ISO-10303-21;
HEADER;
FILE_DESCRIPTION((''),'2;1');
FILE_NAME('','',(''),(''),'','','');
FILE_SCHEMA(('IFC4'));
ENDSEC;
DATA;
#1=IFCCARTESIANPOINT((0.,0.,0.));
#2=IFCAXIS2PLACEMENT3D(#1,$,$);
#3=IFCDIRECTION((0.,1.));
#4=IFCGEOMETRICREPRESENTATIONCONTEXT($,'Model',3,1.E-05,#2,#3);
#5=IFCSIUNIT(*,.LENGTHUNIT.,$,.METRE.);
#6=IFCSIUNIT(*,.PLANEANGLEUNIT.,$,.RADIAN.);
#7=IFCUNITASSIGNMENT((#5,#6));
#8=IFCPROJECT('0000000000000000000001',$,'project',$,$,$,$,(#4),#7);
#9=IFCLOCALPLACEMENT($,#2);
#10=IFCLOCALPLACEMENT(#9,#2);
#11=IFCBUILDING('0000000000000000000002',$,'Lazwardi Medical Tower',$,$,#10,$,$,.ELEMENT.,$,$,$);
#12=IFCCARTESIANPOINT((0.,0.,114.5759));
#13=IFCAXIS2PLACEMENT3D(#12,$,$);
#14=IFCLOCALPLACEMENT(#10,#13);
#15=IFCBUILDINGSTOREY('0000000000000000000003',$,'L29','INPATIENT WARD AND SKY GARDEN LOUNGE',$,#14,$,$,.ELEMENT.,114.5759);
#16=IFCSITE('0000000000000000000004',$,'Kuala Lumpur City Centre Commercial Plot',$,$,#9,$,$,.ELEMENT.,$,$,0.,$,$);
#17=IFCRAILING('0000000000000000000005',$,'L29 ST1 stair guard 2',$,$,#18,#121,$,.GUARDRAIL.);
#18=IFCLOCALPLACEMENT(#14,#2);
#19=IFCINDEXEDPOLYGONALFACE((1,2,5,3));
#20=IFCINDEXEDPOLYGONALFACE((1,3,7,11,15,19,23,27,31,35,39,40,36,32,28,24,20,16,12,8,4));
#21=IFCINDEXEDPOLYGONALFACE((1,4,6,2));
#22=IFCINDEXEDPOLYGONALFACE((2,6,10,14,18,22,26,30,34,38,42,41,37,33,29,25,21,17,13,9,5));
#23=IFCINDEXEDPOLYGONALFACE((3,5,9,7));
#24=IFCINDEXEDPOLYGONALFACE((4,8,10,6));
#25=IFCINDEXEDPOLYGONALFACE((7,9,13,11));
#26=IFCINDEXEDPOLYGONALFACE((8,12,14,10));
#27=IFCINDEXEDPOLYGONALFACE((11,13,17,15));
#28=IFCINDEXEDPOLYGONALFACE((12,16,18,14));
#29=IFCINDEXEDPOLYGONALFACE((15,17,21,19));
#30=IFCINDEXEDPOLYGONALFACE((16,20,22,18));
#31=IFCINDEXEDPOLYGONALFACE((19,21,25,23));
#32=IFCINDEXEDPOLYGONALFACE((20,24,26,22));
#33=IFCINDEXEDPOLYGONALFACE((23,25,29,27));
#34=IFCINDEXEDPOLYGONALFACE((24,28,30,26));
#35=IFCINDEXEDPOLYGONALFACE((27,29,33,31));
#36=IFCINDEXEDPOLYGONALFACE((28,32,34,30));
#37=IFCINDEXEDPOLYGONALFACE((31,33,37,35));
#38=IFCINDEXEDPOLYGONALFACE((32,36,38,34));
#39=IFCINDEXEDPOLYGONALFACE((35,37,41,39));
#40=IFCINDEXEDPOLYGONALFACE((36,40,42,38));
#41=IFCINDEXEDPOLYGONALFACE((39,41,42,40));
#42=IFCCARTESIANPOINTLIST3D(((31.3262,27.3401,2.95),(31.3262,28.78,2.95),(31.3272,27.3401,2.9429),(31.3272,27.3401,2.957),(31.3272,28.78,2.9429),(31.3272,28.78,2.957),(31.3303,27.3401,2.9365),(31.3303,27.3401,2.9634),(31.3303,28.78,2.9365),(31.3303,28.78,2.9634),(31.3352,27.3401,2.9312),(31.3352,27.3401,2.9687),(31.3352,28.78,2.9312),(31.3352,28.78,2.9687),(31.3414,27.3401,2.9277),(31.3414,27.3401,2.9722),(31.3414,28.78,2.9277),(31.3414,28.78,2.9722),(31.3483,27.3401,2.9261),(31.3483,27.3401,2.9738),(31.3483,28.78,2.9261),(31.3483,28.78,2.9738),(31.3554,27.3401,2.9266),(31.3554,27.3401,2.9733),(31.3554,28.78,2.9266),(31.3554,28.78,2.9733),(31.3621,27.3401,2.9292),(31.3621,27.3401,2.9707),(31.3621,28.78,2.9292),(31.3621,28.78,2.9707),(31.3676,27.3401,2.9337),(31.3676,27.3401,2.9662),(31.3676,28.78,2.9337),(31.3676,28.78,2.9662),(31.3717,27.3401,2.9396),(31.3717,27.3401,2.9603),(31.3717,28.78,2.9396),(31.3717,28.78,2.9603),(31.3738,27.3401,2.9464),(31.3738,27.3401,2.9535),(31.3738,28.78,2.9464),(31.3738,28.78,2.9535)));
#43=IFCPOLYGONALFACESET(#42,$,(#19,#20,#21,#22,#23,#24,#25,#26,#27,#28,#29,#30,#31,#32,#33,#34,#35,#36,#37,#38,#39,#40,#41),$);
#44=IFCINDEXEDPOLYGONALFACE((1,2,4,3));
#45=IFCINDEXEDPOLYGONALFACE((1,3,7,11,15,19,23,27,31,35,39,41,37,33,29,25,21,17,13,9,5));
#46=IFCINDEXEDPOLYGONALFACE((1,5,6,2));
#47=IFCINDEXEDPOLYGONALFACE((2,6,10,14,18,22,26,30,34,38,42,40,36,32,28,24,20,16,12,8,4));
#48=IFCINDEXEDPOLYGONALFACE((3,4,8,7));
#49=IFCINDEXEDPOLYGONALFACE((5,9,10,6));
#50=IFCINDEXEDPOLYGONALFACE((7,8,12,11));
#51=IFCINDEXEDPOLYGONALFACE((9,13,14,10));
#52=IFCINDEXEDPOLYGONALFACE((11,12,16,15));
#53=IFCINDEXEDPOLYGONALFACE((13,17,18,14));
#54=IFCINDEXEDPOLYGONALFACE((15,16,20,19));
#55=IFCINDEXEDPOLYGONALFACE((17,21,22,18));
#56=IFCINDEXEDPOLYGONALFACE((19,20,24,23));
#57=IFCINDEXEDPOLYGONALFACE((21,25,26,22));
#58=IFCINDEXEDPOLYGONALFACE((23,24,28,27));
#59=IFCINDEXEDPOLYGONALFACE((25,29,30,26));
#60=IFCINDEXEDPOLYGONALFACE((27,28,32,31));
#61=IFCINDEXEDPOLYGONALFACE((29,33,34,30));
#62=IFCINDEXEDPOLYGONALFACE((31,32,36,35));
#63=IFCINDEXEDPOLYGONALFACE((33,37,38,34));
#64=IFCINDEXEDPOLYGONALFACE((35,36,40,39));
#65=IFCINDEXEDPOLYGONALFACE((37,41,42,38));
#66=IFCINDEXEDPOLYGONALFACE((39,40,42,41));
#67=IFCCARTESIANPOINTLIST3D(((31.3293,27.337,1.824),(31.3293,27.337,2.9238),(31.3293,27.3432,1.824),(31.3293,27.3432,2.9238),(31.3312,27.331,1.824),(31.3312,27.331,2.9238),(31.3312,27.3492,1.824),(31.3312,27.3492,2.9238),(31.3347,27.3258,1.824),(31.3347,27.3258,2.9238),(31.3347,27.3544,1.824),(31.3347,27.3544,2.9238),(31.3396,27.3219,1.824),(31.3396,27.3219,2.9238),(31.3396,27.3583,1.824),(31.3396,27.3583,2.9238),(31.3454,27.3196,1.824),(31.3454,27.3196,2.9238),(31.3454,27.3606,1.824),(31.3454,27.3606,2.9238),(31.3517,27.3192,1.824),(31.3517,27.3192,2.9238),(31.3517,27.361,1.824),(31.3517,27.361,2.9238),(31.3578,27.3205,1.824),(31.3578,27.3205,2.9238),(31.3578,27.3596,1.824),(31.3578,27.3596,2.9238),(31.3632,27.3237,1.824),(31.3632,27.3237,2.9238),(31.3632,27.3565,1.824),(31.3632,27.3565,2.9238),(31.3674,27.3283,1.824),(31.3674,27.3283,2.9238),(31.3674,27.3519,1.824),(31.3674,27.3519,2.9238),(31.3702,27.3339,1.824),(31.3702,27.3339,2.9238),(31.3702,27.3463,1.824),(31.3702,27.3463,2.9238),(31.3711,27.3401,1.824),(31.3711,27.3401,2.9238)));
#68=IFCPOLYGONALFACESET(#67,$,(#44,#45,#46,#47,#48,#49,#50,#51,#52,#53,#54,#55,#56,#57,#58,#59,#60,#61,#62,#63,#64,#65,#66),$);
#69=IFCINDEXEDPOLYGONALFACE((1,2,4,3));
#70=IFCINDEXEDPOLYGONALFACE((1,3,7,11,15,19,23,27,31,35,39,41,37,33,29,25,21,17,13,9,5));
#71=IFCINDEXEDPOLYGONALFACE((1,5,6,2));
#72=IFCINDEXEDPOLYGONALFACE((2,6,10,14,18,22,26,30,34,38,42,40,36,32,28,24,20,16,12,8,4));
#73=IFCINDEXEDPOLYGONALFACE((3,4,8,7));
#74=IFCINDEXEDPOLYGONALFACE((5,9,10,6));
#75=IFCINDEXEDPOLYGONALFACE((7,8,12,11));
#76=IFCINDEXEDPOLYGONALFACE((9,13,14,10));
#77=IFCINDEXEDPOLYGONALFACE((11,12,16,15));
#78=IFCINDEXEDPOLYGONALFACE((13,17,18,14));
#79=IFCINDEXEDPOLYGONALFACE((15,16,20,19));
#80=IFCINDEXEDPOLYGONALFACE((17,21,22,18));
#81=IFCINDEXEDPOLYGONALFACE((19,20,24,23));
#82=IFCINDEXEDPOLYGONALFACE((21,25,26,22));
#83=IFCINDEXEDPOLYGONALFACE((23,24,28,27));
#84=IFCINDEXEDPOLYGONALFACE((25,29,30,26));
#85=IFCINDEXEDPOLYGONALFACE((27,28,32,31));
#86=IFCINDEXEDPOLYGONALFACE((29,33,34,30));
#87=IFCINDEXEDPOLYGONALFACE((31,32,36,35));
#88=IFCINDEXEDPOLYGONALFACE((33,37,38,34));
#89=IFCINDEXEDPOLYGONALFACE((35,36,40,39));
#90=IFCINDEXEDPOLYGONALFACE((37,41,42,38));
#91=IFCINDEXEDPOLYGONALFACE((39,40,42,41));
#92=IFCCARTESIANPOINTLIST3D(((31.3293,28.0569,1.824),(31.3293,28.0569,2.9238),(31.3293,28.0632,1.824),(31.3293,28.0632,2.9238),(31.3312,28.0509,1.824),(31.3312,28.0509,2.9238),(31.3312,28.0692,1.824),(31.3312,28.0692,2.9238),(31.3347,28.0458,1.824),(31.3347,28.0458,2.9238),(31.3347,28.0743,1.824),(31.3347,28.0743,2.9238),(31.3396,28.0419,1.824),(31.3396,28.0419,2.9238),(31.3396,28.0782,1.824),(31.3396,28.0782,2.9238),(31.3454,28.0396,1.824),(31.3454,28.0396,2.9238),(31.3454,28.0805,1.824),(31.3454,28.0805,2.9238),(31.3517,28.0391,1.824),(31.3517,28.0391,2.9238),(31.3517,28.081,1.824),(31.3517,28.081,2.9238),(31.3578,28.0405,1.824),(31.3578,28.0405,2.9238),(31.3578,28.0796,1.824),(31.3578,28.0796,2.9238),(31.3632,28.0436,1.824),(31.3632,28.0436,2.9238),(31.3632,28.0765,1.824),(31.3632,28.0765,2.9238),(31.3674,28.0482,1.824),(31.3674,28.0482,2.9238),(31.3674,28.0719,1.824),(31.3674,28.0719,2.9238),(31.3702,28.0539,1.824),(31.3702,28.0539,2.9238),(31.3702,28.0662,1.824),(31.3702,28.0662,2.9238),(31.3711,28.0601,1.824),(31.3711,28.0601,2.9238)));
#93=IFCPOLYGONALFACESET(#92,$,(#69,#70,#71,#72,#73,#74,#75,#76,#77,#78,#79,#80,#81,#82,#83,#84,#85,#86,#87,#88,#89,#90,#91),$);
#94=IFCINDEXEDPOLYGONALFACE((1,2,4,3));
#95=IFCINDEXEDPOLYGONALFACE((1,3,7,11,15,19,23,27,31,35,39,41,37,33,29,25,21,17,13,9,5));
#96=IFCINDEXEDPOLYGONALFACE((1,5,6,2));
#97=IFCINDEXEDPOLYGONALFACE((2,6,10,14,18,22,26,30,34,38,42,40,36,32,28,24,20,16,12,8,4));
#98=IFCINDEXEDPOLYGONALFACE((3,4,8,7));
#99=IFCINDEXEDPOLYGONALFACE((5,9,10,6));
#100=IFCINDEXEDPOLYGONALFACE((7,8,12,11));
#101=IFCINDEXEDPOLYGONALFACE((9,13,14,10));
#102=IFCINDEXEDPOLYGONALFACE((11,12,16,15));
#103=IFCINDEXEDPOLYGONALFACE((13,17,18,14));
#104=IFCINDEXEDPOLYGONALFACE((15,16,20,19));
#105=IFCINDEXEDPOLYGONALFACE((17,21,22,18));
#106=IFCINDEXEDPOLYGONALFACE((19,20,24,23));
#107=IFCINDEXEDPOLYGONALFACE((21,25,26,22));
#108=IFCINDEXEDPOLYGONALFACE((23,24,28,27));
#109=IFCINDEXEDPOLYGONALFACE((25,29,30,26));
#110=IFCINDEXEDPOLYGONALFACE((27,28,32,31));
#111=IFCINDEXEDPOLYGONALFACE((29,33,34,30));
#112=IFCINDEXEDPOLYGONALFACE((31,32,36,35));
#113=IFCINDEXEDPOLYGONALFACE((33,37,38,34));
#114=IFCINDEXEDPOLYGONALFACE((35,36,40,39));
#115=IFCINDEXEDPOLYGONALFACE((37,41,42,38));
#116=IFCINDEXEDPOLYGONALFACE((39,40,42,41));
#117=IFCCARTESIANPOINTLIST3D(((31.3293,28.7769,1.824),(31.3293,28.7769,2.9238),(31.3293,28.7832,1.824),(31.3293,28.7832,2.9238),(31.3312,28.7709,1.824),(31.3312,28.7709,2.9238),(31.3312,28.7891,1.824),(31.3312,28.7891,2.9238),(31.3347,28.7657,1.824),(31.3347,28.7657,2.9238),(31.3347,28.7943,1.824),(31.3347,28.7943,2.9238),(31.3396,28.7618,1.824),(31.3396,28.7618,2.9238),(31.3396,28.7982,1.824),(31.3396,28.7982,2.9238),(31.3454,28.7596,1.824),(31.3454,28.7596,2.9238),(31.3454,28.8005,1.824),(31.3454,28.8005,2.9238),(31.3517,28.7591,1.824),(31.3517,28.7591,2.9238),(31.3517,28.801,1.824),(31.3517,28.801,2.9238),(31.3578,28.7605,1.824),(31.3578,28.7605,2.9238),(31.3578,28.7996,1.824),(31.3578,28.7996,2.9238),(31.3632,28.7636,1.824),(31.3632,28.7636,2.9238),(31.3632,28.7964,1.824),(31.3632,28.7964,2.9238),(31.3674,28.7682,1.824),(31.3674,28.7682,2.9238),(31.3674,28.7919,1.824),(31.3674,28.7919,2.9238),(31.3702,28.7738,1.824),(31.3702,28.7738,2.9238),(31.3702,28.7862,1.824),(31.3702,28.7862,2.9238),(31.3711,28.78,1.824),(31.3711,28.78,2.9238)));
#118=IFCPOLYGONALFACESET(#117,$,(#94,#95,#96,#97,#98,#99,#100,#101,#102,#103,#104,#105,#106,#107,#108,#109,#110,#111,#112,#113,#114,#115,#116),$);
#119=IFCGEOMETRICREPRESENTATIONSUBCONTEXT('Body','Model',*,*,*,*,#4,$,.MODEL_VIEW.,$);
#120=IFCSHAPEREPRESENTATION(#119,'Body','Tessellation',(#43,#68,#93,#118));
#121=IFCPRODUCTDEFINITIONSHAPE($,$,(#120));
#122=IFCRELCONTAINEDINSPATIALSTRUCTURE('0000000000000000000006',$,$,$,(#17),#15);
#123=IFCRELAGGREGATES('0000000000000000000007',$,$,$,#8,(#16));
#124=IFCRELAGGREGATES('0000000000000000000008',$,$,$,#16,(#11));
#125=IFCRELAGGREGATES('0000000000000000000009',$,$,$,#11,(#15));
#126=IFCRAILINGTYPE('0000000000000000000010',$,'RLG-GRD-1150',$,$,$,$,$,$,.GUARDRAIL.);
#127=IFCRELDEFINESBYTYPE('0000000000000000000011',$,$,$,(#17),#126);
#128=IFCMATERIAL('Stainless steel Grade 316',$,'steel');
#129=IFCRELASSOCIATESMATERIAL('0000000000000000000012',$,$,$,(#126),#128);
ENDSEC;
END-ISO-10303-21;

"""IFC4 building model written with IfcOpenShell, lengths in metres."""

from ifc_helpers import new_model, si_unit, direction, frame, origin, origin_2d, place, context, subcontext, project, spatial, circle, extrude, material, type_object, element, save


model = new_model("IFC4")

# Units and contexts
model_context = context("Model", 3, precision=1e-05, world=origin(), true_north=direction((0.0, 1.0)))
body_context = subcontext(model_context, "Body", "Model", "MODEL_VIEW")
ifc_project = project(units=[si_unit("LENGTHUNIT", "METRE"), si_unit("PLANEANGLEUNIT", "RADIAN")], contexts=[model_context])

# Site, building, storey
site_placement = place(None, origin())
site = spatial("IfcSite", under=ifc_project, at=site_placement, Name="Kuala Lumpur City Centre Commercial Plot", CompositionType="ELEMENT", RefElevation=0.0)
building_placement = place(site_placement, origin())
building = spatial("IfcBuilding", under=site, at=building_placement, Name="Lazwardi Medical Tower", CompositionType="ELEMENT")
storey_placement = place(building_placement, frame((0.0, 0.0, 114.5759)))
storey = spatial("IfcBuildingStorey", under=building, at=storey_placement, Name="L29", Description="INPATIENT WARD AND SKY GARDEN LOUNGE", CompositionType="ELEMENT", Elevation=114.5759)

# Railing
ifc_material_1 = material(Name="Stainless steel Grade 316", Category="steel")
railing_type_1 = type_object("IfcRailingType", Name="RLG-GRD-1150", PredefinedType="GUARDRAIL", material=ifc_material_1)
railing_1_placement = place(storey_placement, frame((31.3501, 27.3401, 1.824)))
element("IfcRailing", 1, at=railing_1_placement, inside=storey, type_object=railing_type_1, Name="L29 ST1 stair guard 2", PredefinedType="GUARDRAIL", context=body_context, shape_type="SweptSolid", body=[
    extrude(circle(Radius=0.0239, at=origin_2d()), frame((0.0, 0.0, 1.126), z_axis=(0.0, 1.0, 0.0), x_axis=(-1.0, 0.0, 0.0)), (0.0, 0.0, 1.0), 1.4399),
    extrude(circle(Radius=0.021, at=origin_2d()), origin(), (0.0, 0.0, 1.0), 1.0999),
    extrude(circle(Radius=0.021, at=origin_2d()), frame((0.0, 0.72, 0.0)), (0.0, 0.0, 1.0), 1.0999),
    extrude(circle(Radius=0.021, at=origin_2d()), frame((0.0, 1.4399, 0.0)), (0.0, 0.0, 1.0), 1.0999),
])

save(model, "model.ifc")
